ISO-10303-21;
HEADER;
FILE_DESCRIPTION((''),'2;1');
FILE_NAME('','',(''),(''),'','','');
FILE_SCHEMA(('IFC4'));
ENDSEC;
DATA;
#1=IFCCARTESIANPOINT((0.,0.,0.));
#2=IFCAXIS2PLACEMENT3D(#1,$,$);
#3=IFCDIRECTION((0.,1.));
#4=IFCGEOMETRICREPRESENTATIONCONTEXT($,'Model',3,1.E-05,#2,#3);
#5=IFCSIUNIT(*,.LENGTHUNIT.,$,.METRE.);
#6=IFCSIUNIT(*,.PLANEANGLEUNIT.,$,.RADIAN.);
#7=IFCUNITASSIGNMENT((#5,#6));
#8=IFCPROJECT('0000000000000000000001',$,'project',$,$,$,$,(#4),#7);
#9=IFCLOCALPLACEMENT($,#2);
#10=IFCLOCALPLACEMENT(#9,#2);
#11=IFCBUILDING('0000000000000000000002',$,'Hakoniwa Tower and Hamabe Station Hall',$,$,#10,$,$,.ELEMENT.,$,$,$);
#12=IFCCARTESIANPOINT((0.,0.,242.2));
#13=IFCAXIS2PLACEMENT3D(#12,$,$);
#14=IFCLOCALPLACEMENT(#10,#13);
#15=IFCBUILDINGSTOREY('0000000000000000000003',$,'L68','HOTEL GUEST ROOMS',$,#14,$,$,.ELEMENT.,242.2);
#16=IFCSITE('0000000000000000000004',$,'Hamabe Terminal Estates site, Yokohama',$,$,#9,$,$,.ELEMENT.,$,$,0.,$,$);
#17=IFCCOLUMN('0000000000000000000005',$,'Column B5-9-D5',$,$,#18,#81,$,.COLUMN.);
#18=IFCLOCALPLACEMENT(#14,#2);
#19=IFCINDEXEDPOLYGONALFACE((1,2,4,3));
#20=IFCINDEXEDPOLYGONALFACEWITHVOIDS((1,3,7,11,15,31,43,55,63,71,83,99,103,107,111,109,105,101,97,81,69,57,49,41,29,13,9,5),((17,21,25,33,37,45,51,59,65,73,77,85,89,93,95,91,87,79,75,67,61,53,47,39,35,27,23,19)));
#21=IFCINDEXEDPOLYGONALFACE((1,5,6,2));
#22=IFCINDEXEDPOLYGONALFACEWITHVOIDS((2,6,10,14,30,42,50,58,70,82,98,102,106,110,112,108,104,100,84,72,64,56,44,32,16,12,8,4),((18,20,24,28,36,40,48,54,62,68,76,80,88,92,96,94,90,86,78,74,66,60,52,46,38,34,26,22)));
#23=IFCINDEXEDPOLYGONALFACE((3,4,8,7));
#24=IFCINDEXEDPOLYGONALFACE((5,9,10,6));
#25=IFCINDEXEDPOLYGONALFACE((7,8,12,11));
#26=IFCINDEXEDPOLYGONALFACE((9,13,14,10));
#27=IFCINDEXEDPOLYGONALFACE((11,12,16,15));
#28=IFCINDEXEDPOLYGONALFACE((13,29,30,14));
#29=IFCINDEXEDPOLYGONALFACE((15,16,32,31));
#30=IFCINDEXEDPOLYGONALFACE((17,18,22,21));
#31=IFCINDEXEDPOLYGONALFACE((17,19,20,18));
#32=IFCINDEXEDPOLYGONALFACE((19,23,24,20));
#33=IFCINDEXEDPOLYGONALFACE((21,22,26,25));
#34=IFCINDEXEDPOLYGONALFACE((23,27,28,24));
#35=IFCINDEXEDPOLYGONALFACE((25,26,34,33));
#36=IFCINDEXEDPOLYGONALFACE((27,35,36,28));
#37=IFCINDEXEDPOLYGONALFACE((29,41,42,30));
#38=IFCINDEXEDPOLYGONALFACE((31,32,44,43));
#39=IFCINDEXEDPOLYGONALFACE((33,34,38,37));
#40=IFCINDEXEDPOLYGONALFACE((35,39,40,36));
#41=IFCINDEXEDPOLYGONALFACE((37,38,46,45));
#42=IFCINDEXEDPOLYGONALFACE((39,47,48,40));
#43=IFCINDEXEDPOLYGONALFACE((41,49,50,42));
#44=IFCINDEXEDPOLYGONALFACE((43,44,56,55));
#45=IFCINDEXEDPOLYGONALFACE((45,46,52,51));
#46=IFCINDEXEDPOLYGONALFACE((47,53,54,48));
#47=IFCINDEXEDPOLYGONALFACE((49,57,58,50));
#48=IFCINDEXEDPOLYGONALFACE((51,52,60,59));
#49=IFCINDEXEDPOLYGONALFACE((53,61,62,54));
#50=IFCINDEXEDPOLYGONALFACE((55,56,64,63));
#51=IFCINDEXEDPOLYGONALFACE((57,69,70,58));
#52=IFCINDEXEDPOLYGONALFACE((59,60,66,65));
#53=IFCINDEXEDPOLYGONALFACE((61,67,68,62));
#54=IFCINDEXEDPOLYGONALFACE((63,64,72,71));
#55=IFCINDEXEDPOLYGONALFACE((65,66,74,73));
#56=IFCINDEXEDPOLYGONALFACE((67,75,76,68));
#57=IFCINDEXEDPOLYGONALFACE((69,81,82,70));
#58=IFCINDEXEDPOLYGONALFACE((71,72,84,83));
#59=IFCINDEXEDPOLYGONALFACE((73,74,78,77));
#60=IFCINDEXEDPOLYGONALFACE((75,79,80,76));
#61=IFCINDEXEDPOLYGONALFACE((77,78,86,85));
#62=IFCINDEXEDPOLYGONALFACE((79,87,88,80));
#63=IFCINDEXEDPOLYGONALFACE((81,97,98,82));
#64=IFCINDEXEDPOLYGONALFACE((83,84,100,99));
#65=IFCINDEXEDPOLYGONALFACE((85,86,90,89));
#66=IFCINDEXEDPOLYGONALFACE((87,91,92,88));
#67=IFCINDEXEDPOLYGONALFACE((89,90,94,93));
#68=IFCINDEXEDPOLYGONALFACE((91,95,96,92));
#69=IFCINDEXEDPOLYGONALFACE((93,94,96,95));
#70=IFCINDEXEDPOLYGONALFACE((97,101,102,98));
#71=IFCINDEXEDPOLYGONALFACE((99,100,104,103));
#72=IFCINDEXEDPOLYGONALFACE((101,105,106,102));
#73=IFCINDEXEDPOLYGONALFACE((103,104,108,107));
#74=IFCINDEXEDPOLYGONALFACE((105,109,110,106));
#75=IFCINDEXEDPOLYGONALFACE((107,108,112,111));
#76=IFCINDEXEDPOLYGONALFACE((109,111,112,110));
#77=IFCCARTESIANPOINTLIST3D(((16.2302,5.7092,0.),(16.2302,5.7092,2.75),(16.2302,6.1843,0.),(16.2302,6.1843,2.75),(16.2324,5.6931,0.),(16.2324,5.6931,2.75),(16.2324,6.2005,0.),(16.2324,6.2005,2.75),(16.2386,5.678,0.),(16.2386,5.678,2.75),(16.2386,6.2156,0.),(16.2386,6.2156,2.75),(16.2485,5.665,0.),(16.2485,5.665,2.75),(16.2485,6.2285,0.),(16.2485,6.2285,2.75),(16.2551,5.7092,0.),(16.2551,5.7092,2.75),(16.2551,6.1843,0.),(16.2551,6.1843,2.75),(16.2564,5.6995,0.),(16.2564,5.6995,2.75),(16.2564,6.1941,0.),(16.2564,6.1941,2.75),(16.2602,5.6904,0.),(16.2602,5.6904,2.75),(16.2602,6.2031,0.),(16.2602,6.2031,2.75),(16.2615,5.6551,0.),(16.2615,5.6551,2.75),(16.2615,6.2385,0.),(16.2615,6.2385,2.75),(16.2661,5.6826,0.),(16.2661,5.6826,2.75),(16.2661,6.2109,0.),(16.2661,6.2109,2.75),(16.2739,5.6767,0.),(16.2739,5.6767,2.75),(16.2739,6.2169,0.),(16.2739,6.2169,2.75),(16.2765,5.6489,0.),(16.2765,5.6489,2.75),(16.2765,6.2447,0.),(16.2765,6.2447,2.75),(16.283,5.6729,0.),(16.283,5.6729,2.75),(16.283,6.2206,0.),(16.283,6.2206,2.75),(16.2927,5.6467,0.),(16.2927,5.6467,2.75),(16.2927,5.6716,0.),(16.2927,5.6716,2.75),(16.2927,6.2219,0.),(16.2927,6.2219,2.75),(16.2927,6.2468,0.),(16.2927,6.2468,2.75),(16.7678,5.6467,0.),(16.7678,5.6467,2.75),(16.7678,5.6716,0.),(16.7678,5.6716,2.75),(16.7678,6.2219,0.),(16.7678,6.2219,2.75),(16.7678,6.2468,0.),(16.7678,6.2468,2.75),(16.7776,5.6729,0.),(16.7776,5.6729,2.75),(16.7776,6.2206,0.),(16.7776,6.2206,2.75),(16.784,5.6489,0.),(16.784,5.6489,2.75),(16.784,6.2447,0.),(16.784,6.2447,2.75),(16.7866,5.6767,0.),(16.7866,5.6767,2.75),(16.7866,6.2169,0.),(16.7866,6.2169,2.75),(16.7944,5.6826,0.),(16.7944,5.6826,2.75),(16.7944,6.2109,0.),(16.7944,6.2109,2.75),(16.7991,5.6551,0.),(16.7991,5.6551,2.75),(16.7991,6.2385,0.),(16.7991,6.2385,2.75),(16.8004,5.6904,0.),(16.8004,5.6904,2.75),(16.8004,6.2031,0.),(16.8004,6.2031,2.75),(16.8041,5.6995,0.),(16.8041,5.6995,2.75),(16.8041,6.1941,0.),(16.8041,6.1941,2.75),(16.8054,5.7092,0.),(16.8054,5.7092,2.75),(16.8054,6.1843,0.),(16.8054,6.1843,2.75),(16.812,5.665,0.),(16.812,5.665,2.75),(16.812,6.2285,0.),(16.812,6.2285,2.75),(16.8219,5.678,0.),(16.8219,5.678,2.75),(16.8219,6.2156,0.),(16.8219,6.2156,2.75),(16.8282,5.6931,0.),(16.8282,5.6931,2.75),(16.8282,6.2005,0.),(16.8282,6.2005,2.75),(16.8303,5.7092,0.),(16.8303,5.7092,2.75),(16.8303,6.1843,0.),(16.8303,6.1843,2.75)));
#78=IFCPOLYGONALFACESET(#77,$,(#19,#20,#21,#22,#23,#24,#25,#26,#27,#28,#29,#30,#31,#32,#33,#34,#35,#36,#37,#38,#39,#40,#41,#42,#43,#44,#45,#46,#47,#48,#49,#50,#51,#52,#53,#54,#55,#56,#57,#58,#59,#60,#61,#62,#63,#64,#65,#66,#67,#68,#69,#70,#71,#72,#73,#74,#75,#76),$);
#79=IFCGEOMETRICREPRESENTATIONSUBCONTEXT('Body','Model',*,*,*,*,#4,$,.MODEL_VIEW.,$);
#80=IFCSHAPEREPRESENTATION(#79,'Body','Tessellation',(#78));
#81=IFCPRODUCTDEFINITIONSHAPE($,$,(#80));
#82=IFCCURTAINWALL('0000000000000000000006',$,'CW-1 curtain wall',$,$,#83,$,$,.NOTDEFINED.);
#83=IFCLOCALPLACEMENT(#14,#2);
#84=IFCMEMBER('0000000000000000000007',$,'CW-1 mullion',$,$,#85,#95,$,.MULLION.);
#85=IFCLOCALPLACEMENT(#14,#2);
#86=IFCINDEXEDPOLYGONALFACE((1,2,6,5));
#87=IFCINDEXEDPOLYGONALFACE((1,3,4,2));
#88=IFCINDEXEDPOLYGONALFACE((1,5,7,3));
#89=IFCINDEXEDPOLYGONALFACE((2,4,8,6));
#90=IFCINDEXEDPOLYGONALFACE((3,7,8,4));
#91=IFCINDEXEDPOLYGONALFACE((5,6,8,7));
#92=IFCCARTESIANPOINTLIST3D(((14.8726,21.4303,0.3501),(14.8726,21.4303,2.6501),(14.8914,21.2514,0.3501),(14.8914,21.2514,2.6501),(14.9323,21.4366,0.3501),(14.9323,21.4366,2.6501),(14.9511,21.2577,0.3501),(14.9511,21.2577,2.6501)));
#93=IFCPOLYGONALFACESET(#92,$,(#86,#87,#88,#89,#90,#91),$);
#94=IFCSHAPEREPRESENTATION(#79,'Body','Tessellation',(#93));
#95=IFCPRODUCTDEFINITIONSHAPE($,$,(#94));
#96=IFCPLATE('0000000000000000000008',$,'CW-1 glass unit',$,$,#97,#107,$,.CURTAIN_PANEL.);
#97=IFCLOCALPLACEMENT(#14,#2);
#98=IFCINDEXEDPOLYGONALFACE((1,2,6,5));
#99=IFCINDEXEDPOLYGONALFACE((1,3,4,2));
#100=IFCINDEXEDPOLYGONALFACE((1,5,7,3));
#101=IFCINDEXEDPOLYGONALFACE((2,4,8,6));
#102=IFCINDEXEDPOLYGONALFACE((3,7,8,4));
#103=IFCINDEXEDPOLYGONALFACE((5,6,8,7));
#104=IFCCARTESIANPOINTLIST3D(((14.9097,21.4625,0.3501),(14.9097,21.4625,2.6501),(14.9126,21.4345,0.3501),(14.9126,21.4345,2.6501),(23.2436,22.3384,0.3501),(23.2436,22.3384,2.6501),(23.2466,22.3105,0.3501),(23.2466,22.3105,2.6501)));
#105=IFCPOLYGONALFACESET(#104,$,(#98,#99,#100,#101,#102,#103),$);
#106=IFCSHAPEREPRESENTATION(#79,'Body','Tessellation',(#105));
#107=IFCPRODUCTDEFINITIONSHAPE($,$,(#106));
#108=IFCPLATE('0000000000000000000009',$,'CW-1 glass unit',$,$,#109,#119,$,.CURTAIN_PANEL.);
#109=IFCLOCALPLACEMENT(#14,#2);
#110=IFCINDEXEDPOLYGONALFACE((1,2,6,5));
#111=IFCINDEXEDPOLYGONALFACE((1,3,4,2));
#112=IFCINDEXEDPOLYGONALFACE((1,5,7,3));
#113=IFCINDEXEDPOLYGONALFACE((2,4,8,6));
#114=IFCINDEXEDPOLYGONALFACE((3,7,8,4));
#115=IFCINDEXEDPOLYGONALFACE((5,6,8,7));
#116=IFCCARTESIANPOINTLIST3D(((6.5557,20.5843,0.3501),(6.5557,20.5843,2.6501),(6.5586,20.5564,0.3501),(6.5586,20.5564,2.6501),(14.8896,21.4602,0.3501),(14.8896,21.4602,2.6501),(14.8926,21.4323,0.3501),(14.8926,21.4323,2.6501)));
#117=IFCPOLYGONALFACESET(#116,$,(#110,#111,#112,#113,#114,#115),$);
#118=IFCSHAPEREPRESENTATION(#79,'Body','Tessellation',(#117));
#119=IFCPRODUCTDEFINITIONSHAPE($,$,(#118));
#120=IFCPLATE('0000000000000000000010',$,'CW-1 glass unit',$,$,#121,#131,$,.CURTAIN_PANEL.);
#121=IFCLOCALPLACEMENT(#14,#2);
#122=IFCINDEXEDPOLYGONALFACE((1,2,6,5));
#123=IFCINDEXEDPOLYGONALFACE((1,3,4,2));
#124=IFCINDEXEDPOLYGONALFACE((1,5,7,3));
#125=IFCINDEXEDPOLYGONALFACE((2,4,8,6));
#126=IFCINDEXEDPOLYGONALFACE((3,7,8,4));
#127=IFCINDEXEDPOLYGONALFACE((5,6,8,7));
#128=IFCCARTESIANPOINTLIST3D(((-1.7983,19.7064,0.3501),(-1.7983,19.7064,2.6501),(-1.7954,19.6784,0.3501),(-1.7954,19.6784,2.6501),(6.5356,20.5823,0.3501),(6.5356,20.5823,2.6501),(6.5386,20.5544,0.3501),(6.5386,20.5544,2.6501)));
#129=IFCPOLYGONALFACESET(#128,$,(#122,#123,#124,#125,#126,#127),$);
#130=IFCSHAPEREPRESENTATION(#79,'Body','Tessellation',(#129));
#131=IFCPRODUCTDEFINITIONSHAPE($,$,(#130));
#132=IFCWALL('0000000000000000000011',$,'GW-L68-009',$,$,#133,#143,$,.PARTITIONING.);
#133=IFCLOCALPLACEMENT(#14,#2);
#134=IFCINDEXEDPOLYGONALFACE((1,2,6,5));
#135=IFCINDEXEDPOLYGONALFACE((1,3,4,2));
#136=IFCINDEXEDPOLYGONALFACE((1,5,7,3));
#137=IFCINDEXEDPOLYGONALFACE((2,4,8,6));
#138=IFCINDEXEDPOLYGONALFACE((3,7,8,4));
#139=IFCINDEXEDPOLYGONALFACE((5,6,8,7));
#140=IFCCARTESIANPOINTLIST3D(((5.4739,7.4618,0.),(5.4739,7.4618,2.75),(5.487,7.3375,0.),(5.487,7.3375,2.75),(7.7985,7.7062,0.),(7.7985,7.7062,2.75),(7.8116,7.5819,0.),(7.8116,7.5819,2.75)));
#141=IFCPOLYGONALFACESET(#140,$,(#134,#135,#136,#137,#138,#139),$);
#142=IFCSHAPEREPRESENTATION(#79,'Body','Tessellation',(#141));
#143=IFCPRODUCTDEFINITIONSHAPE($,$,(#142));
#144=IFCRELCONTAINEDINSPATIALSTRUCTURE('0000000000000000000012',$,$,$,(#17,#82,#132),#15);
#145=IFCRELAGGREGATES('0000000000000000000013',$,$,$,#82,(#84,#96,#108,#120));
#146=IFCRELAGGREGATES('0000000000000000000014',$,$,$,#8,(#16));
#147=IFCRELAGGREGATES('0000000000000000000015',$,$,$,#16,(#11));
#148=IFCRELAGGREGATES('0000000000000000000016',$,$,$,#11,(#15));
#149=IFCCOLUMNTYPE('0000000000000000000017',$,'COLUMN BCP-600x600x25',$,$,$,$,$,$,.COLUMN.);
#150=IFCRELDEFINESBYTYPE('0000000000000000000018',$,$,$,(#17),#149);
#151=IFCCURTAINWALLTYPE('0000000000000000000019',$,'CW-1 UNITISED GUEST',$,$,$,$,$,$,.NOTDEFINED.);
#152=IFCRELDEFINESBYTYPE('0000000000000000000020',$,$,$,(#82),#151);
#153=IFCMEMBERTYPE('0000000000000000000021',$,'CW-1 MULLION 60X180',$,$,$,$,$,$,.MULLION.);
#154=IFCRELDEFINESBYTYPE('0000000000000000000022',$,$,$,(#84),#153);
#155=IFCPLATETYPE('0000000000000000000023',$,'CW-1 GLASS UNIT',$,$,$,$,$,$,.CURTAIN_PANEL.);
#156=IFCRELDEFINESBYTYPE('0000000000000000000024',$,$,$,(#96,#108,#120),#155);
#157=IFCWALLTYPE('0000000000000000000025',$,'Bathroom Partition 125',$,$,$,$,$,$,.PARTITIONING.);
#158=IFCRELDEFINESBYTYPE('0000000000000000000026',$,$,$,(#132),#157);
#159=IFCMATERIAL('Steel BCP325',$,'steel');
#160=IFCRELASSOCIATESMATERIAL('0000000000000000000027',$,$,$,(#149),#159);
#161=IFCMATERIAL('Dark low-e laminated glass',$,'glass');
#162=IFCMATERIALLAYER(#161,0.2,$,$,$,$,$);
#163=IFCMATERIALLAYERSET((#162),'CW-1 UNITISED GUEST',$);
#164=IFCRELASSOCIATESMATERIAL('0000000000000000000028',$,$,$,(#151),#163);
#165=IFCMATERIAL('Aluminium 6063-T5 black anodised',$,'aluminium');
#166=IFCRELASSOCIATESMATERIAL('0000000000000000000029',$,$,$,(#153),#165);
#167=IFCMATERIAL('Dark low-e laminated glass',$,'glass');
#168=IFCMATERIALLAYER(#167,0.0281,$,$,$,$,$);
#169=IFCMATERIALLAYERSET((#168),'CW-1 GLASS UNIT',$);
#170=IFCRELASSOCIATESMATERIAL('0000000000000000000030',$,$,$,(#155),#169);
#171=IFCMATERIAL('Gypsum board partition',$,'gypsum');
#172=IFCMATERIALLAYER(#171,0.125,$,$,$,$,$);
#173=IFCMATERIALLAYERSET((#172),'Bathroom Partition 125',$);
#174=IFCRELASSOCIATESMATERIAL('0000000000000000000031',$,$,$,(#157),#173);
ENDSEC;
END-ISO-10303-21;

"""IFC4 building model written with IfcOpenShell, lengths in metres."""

from ifc_helpers import new_model, si_unit, direction, frame, frame_2d, origin, origin_2d, place, context, subcontext, project, spatial, rectangle, hollow_rectangle, extrude, material, layer, layer_set, material_profile, profile_set, type_object, element, aggregate, save


model = new_model("IFC4")

# Units and contexts
model_context = context("Model", 3, precision=1e-05, world=origin(), true_north=direction((0.0, 1.0)))
body_context = subcontext(model_context, "Body", "Model", "MODEL_VIEW")
ifc_project = project(units=[si_unit("LENGTHUNIT", "METRE"), si_unit("PLANEANGLEUNIT", "RADIAN")], contexts=[model_context])

# Site, building, storey
site_placement = place(None, origin())
site = spatial("IfcSite", under=ifc_project, at=site_placement, Name="Hamabe Terminal Estates site, Yokohama", CompositionType="ELEMENT", RefElevation=0.0)
building_placement = place(site_placement, origin())
building = spatial("IfcBuilding", under=site, at=building_placement, Name="Hakoniwa Tower and Hamabe Station Hall", CompositionType="ELEMENT")
storey_placement = place(building_placement, frame((0.0, 0.0, 242.2)))
storey = spatial("IfcBuildingStorey", under=building, at=storey_placement, Name="L68", Description="HOTEL GUEST ROOMS", CompositionType="ELEMENT", Elevation=242.2)

# Column
ifc_material_1 = material(Name="Steel BCP325", Category="steel")
ifc_material_profile_1 = material_profile(ifc_material_1, hollow_rectangle(XDim=0.6001, YDim=0.6001, WallThickness=0.0249, InnerFilletRadius=0.0376, OuterFilletRadius=0.0625, at=origin_2d()), Name="BCP-600x600x25")
ifc_profile_set_1 = profile_set([ifc_material_profile_1], Name="Steel BCP325")
column_type_1 = type_object("IfcColumnType", Name="COLUMN BCP-600x600x25", PredefinedType="COLUMN", material=ifc_profile_set_1)
column_placement = place(storey_placement, frame((16.5303, 5.9468, 0.0), z_axis=(0.0, 0.0, 1.0), x_axis=(1.0, 0.0, 0.0)))
element("IfcColumn", 1, at=column_placement, inside=storey, type_object=column_type_1, Name="Column B5-9-D5", PredefinedType="COLUMN", context=body_context, shape_type="SweptSolid", body=[
    extrude(hollow_rectangle(XDim=0.6001, YDim=0.6001, WallThickness=0.0249, InnerFilletRadius=0.0376, OuterFilletRadius=0.0625, at=origin_2d()), origin(), (0.0, 0.0, 1.0), 2.75),
])

# Curtain wall, member, plates
ifc_material_2 = material(Name="Dark low-e laminated glass", Category="glass")
ifc_layer_1 = layer(ifc_material_2, 0.2)
ifc_layer_set_1 = layer_set([ifc_layer_1], Name="CW-1 UNITISED GUEST")
curtain_wall_type = type_object("IfcCurtainWallType", Name="CW-1 UNITISED GUEST", PredefinedType="NOTDEFINED", material=ifc_layer_set_1)
curtain_wall_placement = place(storey_placement, origin())
curtain_wall = element("IfcCurtainWall", 2, at=curtain_wall_placement, inside=storey, type_object=curtain_wall_type, Name="CW-1 curtain wall", PredefinedType="NOTDEFINED")
ifc_material_3 = material(Name="Aluminium 6063-T5 black anodised", Category="aluminium")
ifc_material_profile_2 = material_profile(ifc_material_3, rectangle(XDim=0.0601, YDim=0.1799, at=origin_2d()), Name="CW-1 MULLION 60X180")
ifc_profile_set_2 = profile_set([ifc_material_profile_2], Name="Aluminium 6063-T5 black anodised")
member_type = type_object("IfcMemberType", Name="CW-1 MULLION 60X180", PredefinedType="MULLION", material=ifc_profile_set_2)
member_placement = place(storey_placement, frame((14.9119, 21.344, 0.3501), z_axis=(0.0, 0.0, 1.0), x_axis=(-0.994522, -0.104528, 0.0)))
member = element("IfcMember", 3, at=member_placement, type_object=member_type, Name="CW-1 mullion", PredefinedType="MULLION", context=body_context, shape_type="SweptSolid", body=[
    extrude(rectangle(XDim=0.0601, YDim=0.1799, at=origin_2d()), origin(), (0.0, 0.0, 1.0), 2.3),
])
ifc_material_4 = material(Name="Dark low-e laminated glass", Category="glass")
ifc_layer_2 = layer(ifc_material_4, 0.0281)
ifc_layer_set_2 = layer_set([ifc_layer_2], Name="CW-1 GLASS UNIT")
plate_type = type_object("IfcPlateType", Name="CW-1 GLASS UNIT", PredefinedType="CURTAIN_PANEL", material=ifc_layer_set_2)
plate_1_placement = place(storey_placement, frame((19.0781, 21.8865, 0.3501), z_axis=(0.0, 0.0, 1.0), x_axis=(-0.994522, -0.104528, 0.0)))
plate_1 = element("IfcPlate", 4, at=plate_1_placement, type_object=plate_type, Name="CW-1 glass unit", PredefinedType="CURTAIN_PANEL", context=body_context, shape_type="SweptSolid", body=[
    extrude(rectangle(XDim=8.3799, YDim=0.0281, at=origin_2d()), origin(), (0.0, 0.0, 1.0), 2.3),
])
plate_2_placement = place(storey_placement, frame((10.7241, 21.0083, 0.3501), z_axis=(0.0, 0.0, 1.0), x_axis=(-0.994522, -0.104528, 0.0)))
plate_2 = element("IfcPlate", 5, at=plate_2_placement, type_object=plate_type, Name="CW-1 glass unit", PredefinedType="CURTAIN_PANEL", context=body_context, shape_type="SweptSolid", body=[
    extrude(rectangle(XDim=8.3799, YDim=0.0281, at=origin_2d()), origin(), (0.0, 0.0, 1.0), 2.3),
])
plate_3_placement = place(storey_placement, frame((2.3701, 20.1304, 0.3501), z_axis=(0.0, 0.0, 1.0), x_axis=(-0.994522, -0.104528, 0.0)))
plate_3 = element("IfcPlate", 6, at=plate_3_placement, type_object=plate_type, Name="CW-1 glass unit", PredefinedType="CURTAIN_PANEL", context=body_context, shape_type="SweptSolid", body=[
    extrude(rectangle(XDim=8.3799, YDim=0.0281, at=origin_2d()), origin(), (0.0, 0.0, 1.0), 2.3),
])
aggregate(curtain_wall, [member, plate_1, plate_2, plate_3])

# Wall
ifc_material_5 = material(Name="Gypsum board partition", Category="gypsum")
ifc_layer_3 = layer(ifc_material_5, 0.125)
ifc_layer_set_3 = layer_set([ifc_layer_3], Name="Bathroom Partition 125")
wall_type_1 = type_object("IfcWallType", Name="Bathroom Partition 125", PredefinedType="PARTITIONING", material=ifc_layer_set_3)
wall_1_placement = place(storey_placement, frame((5.4805, 7.3997, 0.0), z_axis=(0.0, 0.0, 1.0), x_axis=(0.99452, 0.104549, 0.0)))
element("IfcWall", 7, at=wall_1_placement, inside=storey, type_object=wall_type_1, Name="GW-L68-009", PredefinedType="PARTITIONING", context=body_context, shape_type="SweptSolid", body=[
    extrude(rectangle(XDim=2.3374, YDim=0.125, at=frame_2d((1.1687, 0.0))), origin(), (0.0, 0.0, 1.0), 2.75),
])

save(model, "model.ifc")
